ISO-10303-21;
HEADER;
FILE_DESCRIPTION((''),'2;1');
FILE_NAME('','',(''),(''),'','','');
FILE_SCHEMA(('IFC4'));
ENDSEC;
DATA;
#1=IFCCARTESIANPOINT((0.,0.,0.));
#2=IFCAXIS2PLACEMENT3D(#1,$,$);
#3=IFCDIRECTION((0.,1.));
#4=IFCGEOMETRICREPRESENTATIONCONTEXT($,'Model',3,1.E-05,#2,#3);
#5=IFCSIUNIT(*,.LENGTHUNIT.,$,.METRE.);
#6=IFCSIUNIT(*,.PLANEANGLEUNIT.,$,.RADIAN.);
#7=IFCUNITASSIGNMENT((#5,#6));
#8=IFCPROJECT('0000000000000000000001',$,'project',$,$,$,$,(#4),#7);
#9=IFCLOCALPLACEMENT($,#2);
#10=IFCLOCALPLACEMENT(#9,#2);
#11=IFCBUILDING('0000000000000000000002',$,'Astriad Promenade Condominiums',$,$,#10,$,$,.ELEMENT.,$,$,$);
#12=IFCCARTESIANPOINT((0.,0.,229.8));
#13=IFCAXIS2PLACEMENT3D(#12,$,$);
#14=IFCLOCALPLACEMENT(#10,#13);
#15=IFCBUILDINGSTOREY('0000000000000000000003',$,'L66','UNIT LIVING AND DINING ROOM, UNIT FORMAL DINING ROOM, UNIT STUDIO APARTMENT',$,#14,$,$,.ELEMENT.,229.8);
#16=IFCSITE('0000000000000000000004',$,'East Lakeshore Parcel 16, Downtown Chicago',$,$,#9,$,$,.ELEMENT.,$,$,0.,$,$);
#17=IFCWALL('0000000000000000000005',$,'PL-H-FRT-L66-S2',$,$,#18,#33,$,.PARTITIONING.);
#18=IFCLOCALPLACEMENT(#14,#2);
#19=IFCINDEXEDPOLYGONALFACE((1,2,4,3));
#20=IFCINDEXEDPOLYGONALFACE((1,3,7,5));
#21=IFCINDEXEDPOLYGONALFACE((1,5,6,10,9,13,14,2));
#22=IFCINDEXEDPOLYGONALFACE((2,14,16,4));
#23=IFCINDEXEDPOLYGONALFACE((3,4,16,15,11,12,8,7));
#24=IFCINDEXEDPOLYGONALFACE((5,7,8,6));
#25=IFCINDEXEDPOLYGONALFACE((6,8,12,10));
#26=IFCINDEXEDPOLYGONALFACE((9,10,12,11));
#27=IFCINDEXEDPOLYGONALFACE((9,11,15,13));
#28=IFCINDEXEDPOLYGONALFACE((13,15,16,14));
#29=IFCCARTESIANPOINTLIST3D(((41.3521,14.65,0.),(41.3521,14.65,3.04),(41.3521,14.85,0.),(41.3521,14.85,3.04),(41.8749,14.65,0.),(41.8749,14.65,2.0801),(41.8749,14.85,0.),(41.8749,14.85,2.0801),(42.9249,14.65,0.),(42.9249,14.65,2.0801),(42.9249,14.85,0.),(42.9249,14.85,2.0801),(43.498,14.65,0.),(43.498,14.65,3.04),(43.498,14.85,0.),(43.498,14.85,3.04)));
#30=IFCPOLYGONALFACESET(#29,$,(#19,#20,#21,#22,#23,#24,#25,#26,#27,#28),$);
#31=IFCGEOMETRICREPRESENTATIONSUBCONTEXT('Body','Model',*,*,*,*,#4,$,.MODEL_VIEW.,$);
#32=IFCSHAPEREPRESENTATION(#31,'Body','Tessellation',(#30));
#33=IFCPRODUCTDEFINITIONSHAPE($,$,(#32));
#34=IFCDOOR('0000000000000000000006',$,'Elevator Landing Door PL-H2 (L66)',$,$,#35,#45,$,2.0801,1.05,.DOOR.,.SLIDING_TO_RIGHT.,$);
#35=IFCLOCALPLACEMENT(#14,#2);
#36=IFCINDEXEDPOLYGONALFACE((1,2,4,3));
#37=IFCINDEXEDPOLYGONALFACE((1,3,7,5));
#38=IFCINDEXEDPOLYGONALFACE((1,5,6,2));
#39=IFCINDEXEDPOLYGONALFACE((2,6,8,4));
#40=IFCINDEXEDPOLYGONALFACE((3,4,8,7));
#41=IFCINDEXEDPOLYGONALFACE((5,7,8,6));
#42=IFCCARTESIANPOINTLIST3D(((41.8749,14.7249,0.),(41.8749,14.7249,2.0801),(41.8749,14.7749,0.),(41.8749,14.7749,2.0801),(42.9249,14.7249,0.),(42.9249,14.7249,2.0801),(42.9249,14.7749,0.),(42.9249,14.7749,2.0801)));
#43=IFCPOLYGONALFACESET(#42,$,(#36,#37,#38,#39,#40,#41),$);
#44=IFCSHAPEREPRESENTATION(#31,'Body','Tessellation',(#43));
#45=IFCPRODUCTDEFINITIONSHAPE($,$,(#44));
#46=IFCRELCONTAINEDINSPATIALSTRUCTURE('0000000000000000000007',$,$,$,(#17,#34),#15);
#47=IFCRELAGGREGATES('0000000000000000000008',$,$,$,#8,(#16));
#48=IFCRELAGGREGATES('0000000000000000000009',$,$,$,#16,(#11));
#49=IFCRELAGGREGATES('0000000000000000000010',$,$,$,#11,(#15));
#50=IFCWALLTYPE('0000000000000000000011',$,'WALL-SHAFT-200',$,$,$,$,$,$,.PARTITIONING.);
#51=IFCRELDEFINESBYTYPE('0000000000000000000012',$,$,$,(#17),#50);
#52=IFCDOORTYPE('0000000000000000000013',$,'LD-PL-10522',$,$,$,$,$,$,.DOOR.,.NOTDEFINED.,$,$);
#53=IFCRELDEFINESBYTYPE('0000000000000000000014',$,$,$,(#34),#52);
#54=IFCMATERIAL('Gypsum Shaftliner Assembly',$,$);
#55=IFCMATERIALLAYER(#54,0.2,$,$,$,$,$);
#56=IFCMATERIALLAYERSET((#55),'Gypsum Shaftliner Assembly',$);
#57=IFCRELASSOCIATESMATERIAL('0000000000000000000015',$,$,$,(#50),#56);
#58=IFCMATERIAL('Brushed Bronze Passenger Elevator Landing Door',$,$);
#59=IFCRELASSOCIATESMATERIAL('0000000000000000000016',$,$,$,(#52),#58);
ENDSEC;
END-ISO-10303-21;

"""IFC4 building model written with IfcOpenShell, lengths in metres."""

from ifc_helpers import new_model, si_unit, direction, frame, frame_2d, origin, place, context, subcontext, project, spatial, rectangle, extrude, source, transform, mapped, material, layer, layer_set, type_object, type_shapes, element, fill, save


model = new_model("IFC4")

# Units and contexts
model_context = context("Model", 3, precision=1e-05, world=origin(), true_north=direction((0.0, 1.0)))
body_context = subcontext(model_context, "Body", "Model", "MODEL_VIEW")
ifc_project = project(units=[si_unit("LENGTHUNIT", "METRE"), si_unit("PLANEANGLEUNIT", "RADIAN")], contexts=[model_context])

# Site, building, storey
site_placement = place(None, origin())
site = spatial("IfcSite", under=ifc_project, at=site_placement, Name="East Lakeshore Parcel 16, Downtown Chicago", CompositionType="ELEMENT", RefElevation=0.0)
building_placement = place(site_placement, origin())
building = spatial("IfcBuilding", under=site, at=building_placement, Name="Astriad Promenade Condominiums", CompositionType="ELEMENT")
storey_placement = place(building_placement, frame((0.0, 0.0, 229.8)))
storey = spatial("IfcBuildingStorey", under=building, at=storey_placement, Name="L66", Description="UNIT LIVING AND DINING ROOM, UNIT FORMAL DINING ROOM, UNIT STUDIO APARTMENT", CompositionType="ELEMENT", Elevation=229.8)

# Shared definitions
ifc_material_1 = material(Name="Gypsum Shaftliner Assembly")
ifc_layer_1 = layer(ifc_material_1, 0.2)
ifc_layer_set_1 = layer_set([ifc_layer_1], Name="Gypsum Shaftliner Assembly")
wall_type_1 = type_object("IfcWallType", Name="WALL-SHAFT-200", PredefinedType="PARTITIONING", material=ifc_layer_set_1)

# Wall, opening, door
ifc_material_2 = material(Name="Brushed Bronze Passenger Elevator Landing Door")
door_type_1 = type_object("IfcDoorType", Name="LD-PL-10522", OperationType="NOTDEFINED", PredefinedType="DOOR", material=ifc_material_2)
shared_shape_1 = source(origin(), body_context, "Body", "SweptSolid", [
    extrude(rectangle(XDim=1.05, YDim=2.0801, at=frame_2d((0.5249, 1.04))), frame((0.0, 0.0249, 0.0), z_axis=(0.0, -1.0, 0.0), x_axis=(1.0, 0.0, 0.0)), (0.0, 0.0, 1.0), 0.05),
])
type_shapes(door_type_1, [shared_shape_1])
wall_1_placement = place(storey_placement, frame((41.3521, 14.75, 0.0), z_axis=(0.0, 0.0, 1.0), x_axis=(1.0, 0.0, 0.0)))
wall_1 = element("IfcWall", 1, at=wall_1_placement, inside=storey, type_object=wall_type_1, Name="PL-H-FRT-L66-S2", PredefinedType="PARTITIONING", context=body_context, shape_type="SweptSolid", body=[
    extrude(rectangle(XDim=2.146, YDim=0.2, at=frame_2d((1.073, 0.0))), origin(), (0.0, 0.0, 1.0), 3.04),
])
opening_1_placement = place(wall_1_placement, frame((0.5229, 0.0, 0.0)))
opening_1 = element("IfcOpeningElement", 2, at=opening_1_placement, cuts=wall_1, PredefinedType="OPENING", context=body_context, shape_type="SweptSolid", body=[
    extrude(rectangle(XDim=1.05, YDim=2.0801, at=frame_2d((0.5249, 1.04))), frame((0.0, 0.1099, 0.0), z_axis=(0.0, -1.0, 0.0), x_axis=(1.0, 0.0, 0.0)), (0.0, 0.0, 1.0), 0.22),
])
door_1_placement = place(opening_1_placement, origin())
door_1 = element("IfcDoor", 3, at=door_1_placement, inside=storey, type_object=door_type_1, Name="Elevator Landing Door PL-H2 (L66)", OperationType="SLIDING_TO_RIGHT", OverallHeight=2.0801, OverallWidth=1.05, PredefinedType="DOOR", context=body_context, shape_type="MappedRepresentation", body=[
    mapped(shared_shape_1, transform((0.0, 0.0, 0.0), scale=1.0)),
])
fill(opening_1, door_1)

save(model, "model.ifc")
